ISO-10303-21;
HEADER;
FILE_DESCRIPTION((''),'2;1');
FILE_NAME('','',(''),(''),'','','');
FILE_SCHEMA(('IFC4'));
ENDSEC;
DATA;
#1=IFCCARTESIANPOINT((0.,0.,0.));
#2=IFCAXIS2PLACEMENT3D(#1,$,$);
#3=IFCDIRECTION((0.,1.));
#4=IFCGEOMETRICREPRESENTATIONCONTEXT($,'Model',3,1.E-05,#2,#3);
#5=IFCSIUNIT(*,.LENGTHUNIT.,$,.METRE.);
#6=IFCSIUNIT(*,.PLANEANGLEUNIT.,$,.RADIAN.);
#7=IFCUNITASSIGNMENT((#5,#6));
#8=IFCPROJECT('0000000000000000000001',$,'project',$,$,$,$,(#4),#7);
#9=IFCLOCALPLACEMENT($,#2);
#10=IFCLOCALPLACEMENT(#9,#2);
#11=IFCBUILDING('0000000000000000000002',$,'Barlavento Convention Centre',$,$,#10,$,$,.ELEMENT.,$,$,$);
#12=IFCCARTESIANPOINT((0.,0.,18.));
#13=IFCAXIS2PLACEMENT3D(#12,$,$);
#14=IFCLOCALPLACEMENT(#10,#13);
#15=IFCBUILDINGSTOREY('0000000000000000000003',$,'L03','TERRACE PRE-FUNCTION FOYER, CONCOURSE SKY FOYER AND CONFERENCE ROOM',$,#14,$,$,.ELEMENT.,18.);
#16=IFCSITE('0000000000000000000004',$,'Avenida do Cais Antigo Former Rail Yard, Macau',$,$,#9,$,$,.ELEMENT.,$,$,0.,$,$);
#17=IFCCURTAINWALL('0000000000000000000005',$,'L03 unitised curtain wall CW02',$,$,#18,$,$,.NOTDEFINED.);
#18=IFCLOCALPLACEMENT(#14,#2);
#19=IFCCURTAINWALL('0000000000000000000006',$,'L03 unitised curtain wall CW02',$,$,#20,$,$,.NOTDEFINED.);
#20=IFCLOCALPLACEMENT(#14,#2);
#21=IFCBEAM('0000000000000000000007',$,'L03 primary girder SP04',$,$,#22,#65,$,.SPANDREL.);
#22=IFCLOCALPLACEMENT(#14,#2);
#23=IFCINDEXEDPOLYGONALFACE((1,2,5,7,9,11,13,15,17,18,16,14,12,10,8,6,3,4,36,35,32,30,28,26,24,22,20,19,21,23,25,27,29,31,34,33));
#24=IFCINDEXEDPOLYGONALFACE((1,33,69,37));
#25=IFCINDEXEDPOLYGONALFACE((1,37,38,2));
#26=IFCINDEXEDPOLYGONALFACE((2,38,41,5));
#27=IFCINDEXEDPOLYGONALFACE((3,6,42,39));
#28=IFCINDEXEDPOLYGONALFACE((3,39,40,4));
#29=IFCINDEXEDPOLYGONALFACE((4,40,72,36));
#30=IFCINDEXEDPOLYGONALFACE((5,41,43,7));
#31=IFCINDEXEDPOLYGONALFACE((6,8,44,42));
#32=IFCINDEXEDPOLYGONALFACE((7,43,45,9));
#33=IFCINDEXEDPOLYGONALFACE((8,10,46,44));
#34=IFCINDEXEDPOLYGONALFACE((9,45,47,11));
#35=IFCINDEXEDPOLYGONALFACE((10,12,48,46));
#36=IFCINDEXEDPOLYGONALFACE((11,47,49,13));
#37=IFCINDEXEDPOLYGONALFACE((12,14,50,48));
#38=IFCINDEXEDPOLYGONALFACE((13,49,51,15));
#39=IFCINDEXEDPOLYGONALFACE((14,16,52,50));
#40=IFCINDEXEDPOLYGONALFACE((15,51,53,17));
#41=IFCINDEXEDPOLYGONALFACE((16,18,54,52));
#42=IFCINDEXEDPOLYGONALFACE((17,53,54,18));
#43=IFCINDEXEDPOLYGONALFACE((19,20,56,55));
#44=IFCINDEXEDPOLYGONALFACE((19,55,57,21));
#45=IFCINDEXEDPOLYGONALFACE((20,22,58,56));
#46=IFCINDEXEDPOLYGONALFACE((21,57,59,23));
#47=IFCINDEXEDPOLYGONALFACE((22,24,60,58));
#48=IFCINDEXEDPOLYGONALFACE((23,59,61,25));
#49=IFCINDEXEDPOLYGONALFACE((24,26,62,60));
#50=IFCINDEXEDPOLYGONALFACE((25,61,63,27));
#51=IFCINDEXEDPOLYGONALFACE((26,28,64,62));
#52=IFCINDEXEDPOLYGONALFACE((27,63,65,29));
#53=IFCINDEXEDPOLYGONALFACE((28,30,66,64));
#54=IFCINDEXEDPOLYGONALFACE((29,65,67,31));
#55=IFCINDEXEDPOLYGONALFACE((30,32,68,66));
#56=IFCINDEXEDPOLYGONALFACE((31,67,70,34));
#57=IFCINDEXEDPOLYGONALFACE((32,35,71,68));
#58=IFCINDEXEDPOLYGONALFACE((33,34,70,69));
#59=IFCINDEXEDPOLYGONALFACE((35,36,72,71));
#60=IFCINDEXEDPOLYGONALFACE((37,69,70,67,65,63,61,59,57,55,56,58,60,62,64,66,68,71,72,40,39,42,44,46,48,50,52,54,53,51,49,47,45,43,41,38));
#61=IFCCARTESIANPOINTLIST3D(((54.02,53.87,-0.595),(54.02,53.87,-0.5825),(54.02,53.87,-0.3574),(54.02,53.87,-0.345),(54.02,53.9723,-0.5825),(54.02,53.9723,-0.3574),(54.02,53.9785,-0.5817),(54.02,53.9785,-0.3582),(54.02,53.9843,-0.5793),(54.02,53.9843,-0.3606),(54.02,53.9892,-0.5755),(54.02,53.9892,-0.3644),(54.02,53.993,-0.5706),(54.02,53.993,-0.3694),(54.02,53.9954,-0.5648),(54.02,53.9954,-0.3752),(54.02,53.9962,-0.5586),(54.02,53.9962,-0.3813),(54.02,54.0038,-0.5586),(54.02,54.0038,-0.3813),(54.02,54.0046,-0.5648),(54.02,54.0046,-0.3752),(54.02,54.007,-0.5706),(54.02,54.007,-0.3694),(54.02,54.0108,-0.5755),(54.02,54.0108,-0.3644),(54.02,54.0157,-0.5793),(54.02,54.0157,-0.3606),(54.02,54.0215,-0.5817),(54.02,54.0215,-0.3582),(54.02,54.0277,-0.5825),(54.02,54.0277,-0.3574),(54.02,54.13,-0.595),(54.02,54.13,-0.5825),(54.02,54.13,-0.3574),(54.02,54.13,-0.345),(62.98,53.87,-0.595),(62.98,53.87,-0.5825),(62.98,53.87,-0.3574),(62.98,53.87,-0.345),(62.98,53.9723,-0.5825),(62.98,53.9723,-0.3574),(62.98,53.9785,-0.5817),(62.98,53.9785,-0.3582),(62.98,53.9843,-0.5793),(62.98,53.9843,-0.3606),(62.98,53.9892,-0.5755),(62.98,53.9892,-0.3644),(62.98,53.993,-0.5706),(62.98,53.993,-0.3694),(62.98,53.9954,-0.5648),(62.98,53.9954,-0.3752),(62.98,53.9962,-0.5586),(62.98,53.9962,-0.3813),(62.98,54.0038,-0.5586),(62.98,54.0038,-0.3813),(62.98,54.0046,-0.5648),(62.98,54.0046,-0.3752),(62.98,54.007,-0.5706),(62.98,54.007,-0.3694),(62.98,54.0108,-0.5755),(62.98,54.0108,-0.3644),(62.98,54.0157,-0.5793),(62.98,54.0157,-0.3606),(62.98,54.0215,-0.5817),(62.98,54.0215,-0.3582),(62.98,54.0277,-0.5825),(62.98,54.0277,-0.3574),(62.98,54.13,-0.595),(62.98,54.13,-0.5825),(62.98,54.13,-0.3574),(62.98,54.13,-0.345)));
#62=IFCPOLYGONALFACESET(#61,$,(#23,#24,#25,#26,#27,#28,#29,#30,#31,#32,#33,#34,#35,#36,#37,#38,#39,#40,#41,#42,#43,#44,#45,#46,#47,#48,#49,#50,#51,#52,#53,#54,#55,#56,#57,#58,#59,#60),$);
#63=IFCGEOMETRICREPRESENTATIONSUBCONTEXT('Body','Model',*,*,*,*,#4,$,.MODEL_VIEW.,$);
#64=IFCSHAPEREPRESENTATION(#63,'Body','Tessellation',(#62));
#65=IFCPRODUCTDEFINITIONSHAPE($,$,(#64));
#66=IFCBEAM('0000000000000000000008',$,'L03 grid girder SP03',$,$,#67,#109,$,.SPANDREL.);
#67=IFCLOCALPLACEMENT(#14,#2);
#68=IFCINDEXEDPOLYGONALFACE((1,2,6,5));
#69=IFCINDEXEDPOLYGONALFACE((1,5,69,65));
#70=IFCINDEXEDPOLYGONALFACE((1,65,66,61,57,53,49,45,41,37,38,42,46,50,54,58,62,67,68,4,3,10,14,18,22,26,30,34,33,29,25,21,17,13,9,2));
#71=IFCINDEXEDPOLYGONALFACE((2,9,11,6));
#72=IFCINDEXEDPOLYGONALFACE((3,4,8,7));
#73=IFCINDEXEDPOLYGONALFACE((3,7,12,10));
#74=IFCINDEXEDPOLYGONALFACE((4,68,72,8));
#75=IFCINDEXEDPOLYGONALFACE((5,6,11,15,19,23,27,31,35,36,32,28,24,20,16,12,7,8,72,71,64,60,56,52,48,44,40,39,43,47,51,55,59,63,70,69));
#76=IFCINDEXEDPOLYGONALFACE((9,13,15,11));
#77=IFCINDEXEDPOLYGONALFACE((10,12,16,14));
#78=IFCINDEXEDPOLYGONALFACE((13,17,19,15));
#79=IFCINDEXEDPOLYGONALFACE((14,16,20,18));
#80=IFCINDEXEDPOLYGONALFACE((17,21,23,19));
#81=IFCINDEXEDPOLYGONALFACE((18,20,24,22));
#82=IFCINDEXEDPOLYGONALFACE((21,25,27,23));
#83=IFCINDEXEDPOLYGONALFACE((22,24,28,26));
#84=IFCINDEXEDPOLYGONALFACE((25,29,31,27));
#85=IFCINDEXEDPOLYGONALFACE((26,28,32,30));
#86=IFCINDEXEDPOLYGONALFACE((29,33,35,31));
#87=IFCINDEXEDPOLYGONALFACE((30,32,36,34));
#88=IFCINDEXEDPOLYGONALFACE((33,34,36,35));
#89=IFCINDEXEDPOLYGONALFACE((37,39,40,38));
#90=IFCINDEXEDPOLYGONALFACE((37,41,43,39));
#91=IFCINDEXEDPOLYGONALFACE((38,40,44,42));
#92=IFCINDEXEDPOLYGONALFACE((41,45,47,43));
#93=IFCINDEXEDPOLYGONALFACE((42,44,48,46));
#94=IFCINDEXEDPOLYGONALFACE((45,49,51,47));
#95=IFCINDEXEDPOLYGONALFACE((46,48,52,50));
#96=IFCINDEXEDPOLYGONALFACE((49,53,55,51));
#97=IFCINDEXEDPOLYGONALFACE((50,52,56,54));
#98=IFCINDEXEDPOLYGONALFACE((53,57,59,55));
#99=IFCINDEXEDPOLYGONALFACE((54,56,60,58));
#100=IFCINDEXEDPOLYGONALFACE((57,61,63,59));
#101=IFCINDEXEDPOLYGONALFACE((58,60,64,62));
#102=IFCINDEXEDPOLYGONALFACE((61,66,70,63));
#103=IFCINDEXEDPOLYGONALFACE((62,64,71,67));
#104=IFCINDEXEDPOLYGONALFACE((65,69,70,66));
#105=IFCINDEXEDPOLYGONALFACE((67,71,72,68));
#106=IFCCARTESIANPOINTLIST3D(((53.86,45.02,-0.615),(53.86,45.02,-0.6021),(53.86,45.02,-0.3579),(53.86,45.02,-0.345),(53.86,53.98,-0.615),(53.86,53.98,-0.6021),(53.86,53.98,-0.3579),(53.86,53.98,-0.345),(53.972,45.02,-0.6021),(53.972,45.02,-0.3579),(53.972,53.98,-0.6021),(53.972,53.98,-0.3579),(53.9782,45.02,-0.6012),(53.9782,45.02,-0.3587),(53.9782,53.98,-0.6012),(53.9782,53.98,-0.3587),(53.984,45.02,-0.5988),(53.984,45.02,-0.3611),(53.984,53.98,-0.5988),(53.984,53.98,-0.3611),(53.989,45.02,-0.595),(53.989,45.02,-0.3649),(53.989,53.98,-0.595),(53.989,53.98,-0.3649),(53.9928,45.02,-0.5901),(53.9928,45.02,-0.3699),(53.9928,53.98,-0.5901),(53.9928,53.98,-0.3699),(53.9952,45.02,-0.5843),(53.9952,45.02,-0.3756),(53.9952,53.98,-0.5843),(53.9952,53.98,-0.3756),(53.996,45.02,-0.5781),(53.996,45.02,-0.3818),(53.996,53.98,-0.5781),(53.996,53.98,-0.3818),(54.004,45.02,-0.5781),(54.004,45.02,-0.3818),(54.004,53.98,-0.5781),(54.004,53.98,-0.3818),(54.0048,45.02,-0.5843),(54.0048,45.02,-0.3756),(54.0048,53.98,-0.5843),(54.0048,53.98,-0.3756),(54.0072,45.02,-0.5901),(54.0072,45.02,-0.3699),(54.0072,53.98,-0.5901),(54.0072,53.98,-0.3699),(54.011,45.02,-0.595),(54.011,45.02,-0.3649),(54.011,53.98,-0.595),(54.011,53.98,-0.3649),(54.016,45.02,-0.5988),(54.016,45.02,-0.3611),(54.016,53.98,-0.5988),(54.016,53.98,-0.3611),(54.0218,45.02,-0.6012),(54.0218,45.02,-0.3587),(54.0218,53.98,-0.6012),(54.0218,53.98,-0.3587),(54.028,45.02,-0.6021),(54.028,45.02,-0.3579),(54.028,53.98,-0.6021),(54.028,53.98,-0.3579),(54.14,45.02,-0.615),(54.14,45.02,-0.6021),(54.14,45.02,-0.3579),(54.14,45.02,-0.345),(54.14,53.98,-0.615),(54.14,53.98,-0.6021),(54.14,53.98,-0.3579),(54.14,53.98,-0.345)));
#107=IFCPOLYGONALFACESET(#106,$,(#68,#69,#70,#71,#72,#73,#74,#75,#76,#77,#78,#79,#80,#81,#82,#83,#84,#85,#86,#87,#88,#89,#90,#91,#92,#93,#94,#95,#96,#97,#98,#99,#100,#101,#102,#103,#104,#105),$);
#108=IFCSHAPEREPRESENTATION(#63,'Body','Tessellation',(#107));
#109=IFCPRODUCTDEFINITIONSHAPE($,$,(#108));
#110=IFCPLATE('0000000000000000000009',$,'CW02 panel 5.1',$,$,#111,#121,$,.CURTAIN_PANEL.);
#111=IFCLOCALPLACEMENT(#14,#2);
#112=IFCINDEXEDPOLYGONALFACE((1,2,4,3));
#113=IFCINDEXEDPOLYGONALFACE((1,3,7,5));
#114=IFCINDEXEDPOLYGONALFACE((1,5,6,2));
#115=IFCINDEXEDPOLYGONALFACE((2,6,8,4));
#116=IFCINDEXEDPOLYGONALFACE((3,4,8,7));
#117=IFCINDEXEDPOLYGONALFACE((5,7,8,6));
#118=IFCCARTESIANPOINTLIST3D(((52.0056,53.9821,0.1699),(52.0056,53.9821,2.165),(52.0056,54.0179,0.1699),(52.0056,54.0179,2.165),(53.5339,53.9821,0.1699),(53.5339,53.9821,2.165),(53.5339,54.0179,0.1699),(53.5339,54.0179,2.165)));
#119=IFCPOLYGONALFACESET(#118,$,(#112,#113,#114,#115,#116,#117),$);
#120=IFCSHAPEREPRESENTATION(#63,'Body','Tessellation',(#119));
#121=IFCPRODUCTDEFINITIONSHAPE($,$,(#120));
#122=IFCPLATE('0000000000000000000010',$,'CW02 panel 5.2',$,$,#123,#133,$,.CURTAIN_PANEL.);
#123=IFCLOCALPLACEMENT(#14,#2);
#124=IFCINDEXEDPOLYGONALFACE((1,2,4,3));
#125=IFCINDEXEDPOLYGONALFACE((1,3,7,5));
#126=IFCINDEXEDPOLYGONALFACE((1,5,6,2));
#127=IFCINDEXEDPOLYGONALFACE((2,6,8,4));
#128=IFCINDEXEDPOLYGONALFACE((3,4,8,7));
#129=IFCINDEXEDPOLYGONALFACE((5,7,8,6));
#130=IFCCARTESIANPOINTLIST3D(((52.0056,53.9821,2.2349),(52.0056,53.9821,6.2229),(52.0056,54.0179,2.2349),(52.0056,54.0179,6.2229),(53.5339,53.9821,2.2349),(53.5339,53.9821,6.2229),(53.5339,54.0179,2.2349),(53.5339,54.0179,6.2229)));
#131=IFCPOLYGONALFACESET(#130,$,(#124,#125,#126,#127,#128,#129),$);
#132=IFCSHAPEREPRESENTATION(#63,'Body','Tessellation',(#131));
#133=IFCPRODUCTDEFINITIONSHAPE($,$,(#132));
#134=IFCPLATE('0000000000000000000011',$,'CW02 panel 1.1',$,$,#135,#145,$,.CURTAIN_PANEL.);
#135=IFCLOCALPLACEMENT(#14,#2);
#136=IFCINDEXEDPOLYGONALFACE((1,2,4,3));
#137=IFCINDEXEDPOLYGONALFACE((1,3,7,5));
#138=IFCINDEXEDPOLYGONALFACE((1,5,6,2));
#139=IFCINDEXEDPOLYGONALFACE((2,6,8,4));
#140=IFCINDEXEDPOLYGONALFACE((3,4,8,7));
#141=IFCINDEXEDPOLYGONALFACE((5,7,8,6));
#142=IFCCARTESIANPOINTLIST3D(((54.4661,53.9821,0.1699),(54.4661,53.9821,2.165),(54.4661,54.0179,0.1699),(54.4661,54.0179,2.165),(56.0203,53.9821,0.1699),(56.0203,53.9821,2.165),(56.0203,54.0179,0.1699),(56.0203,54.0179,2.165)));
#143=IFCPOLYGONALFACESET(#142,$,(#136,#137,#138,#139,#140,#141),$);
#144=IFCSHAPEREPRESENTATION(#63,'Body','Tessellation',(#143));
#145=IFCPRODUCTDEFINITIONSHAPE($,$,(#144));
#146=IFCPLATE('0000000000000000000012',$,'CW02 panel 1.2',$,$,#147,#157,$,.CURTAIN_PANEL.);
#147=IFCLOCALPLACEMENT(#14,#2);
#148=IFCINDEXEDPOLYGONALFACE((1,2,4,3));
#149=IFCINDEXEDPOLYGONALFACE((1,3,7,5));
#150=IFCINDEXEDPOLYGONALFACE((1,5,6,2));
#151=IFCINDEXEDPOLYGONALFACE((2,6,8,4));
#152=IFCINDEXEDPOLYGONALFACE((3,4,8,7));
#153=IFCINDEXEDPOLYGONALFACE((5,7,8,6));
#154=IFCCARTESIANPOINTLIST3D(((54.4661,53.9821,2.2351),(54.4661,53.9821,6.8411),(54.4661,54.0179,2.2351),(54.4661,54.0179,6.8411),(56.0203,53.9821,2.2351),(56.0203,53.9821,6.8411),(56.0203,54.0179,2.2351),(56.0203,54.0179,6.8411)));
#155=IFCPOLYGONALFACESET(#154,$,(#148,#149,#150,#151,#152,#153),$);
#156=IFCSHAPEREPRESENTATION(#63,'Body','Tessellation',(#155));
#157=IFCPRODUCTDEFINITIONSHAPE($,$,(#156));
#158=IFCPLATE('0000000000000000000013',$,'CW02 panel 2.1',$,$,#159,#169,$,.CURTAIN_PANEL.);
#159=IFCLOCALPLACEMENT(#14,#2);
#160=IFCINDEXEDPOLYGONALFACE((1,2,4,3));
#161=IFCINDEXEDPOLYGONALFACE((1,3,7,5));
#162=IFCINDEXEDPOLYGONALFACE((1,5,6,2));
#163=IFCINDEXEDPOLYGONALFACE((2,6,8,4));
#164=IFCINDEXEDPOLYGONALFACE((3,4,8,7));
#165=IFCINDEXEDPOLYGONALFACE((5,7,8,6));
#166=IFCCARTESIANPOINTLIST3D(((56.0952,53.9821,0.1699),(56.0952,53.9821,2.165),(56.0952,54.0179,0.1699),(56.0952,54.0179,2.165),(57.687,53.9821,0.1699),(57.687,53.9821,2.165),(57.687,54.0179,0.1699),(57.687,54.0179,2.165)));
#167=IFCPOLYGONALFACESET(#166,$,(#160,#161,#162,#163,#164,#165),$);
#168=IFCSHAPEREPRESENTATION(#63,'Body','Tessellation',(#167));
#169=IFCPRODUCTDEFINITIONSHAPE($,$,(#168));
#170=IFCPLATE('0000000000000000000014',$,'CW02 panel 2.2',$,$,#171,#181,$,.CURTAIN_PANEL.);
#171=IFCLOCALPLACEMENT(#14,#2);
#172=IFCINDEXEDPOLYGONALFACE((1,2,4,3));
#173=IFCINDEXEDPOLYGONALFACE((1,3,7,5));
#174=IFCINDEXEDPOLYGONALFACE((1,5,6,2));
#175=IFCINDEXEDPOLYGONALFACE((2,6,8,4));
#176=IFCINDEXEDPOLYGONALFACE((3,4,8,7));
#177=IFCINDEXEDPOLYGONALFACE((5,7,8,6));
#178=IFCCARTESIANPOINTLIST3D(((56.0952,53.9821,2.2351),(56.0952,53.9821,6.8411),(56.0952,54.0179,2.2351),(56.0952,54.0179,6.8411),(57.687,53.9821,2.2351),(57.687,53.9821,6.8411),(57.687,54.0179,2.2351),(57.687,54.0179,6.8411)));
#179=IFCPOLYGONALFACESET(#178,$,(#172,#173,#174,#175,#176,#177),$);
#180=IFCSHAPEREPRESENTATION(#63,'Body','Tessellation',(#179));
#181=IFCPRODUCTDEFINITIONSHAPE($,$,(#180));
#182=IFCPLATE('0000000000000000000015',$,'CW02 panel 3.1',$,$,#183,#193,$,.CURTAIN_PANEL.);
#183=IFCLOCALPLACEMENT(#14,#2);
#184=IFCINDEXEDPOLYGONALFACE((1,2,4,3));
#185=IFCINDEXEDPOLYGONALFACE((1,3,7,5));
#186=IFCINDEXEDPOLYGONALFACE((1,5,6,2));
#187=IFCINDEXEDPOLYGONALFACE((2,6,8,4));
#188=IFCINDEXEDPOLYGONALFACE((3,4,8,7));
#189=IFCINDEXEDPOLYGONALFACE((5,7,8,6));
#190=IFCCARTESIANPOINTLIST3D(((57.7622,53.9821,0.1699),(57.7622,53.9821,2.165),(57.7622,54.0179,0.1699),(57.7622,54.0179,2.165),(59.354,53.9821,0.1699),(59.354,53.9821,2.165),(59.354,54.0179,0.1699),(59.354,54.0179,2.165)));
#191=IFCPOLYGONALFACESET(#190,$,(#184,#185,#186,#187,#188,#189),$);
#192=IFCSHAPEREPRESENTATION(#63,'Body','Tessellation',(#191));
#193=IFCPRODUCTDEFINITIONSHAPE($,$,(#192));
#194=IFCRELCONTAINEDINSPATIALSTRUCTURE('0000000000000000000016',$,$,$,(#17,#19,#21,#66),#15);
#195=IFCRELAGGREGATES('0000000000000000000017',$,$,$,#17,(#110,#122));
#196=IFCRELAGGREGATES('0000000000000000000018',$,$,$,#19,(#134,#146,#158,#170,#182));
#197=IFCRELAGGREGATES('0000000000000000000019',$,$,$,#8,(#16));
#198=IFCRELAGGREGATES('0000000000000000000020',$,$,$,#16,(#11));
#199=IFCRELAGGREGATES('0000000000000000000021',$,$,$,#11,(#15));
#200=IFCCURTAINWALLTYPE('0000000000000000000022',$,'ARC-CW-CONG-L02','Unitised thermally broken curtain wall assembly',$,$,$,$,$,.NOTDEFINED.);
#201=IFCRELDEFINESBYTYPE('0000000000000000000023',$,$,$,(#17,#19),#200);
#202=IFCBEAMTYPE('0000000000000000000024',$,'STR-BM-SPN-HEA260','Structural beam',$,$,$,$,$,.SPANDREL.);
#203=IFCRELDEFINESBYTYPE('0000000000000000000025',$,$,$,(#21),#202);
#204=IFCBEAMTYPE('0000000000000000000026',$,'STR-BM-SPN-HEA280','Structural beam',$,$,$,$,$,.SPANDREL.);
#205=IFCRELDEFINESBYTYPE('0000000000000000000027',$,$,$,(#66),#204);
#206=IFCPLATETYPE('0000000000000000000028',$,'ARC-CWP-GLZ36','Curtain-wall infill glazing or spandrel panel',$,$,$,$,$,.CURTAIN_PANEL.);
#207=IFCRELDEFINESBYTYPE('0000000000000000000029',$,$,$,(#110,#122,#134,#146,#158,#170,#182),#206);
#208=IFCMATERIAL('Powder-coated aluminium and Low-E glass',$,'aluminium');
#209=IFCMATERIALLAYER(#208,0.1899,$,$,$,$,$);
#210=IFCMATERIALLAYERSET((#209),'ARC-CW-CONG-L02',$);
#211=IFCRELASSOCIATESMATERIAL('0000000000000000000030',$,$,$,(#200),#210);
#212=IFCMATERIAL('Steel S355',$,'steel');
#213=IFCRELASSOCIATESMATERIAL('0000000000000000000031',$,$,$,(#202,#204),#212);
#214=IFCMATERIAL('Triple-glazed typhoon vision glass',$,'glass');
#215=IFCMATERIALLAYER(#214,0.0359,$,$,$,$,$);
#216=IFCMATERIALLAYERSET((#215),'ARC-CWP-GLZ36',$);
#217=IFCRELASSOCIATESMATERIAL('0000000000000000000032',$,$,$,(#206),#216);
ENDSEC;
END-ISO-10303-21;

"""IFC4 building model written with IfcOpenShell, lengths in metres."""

from ifc_helpers import new_model, si_unit, direction, frame, origin, origin_2d, place, context, subcontext, project, spatial, rectangle, i_section, extrude, material, layer, layer_set, material_profile, profile_set, type_object, element, aggregate, save


model = new_model("IFC4")

# Units and contexts
model_context = context("Model", 3, precision=1e-05, world=origin(), true_north=direction((0.0, 1.0)))
body_context = subcontext(model_context, "Body", "Model", "MODEL_VIEW")
ifc_project = project(units=[si_unit("LENGTHUNIT", "METRE"), si_unit("PLANEANGLEUNIT", "RADIAN")], contexts=[model_context])

# Site, building, storey
site_placement = place(None, origin())
site = spatial("IfcSite", under=ifc_project, at=site_placement, Name="Avenida do Cais Antigo Former Rail Yard, Macau", CompositionType="ELEMENT", RefElevation=0.0)
building_placement = place(site_placement, origin())
building = spatial("IfcBuilding", under=site, at=building_placement, Name="Barlavento Convention Centre", CompositionType="ELEMENT")
storey_placement = place(building_placement, frame((0.0, 0.0, 18.0)))
storey = spatial("IfcBuildingStorey", under=building, at=storey_placement, Name="L03", Description="TERRACE PRE-FUNCTION FOYER, CONCOURSE SKY FOYER AND CONFERENCE ROOM", CompositionType="ELEMENT", Elevation=18.0)

# Shared definitions
ifc_material_1 = material(Name="Steel S355", Category="steel")

# Curtain wall
ifc_material_2 = material(Name="Powder-coated aluminium and Low-E glass", Category="aluminium")
ifc_layer_1 = layer(ifc_material_2, 0.1899)
ifc_layer_set_1 = layer_set([ifc_layer_1], Name="ARC-CW-CONG-L02")
curtain_wall_type = type_object("IfcCurtainWallType", Name="ARC-CW-CONG-L02", Description="Unitised thermally broken curtain wall assembly", PredefinedType="NOTDEFINED", material=ifc_layer_set_1)
curtain_wall_1_placement = place(storey_placement, origin())
curtain_wall_1 = element("IfcCurtainWall", 1, at=curtain_wall_1_placement, inside=storey, type_object=curtain_wall_type, Name="L03 unitised curtain wall CW02", PredefinedType="NOTDEFINED")

# Curtain wall
curtain_wall_2_placement = place(storey_placement, origin())
curtain_wall_2 = element("IfcCurtainWall", 2, at=curtain_wall_2_placement, inside=storey, type_object=curtain_wall_type, Name="L03 unitised curtain wall CW02", PredefinedType="NOTDEFINED")

# Beams
ifc_material_profile_1 = material_profile(ifc_material_1, i_section(OverallWidth=0.26, OverallDepth=0.25, WebThickness=0.0076, FlangeThickness=0.0125, FilletRadius=0.0239, at=origin_2d()), Name="HEA 260")
ifc_profile_set_1 = profile_set([ifc_material_profile_1], Name="Steel S355")
beam_type_1 = type_object("IfcBeamType", Name="STR-BM-SPN-HEA260", Description="Structural beam", PredefinedType="SPANDREL", material=ifc_profile_set_1)
beam_1_placement = place(storey_placement, frame((54.02, 54.0, -0.47), z_axis=(1.0, 0.0, 0.0), x_axis=(0.0, 1.0, 0.0)))
element("IfcBeam", 3, at=beam_1_placement, inside=storey, type_object=beam_type_1, Name="L03 primary girder SP04", PredefinedType="SPANDREL", context=body_context, shape_type="SweptSolid", body=[
    extrude(i_section(OverallWidth=0.26, OverallDepth=0.25, WebThickness=0.0076, FlangeThickness=0.0125, FilletRadius=0.0239, at=origin_2d()), origin(), (0.0, 0.0, 1.0), 8.96),
])
ifc_material_profile_2 = material_profile(ifc_material_1, i_section(OverallWidth=0.28, OverallDepth=0.27, WebThickness=0.0081, FlangeThickness=0.0129, FilletRadius=0.0239, at=origin_2d()), Name="HEA 280")
ifc_profile_set_2 = profile_set([ifc_material_profile_2], Name="Steel S355")
beam_type_2 = type_object("IfcBeamType", Name="STR-BM-SPN-HEA280", Description="Structural beam", PredefinedType="SPANDREL", material=ifc_profile_set_2)
beam_2_placement = place(storey_placement, frame((54.0, 45.02, -0.48), z_axis=(0.0, 1.0, 0.0), x_axis=(-1.0, 0.0, 0.0)))
element("IfcBeam", 4, at=beam_2_placement, inside=storey, type_object=beam_type_2, Name="L03 grid girder SP03", PredefinedType="SPANDREL", context=body_context, shape_type="SweptSolid", body=[
    extrude(i_section(OverallWidth=0.28, OverallDepth=0.27, WebThickness=0.0081, FlangeThickness=0.0129, FilletRadius=0.0239, at=origin_2d()), origin(), (0.0, 0.0, 1.0), 8.96),
])

# Plates
ifc_material_3 = material(Name="Triple-glazed typhoon vision glass", Category="glass")
ifc_layer_2 = layer(ifc_material_3, 0.0359)
ifc_layer_set_2 = layer_set([ifc_layer_2], Name="ARC-CWP-GLZ36")
plate_type = type_object("IfcPlateType", Name="ARC-CWP-GLZ36", Description="Curtain-wall infill glazing or spandrel panel", PredefinedType="CURTAIN_PANEL", material=ifc_layer_set_2)
plate_1_placement = place(storey_placement, frame((52.7698, 54.0, 0.1699), z_axis=(0.0, 0.0, 1.0), x_axis=(1.0, 0.0, 0.0)))
plate_1 = element("IfcPlate", 5, at=plate_1_placement, type_object=plate_type, Name="CW02 panel 5.1", PredefinedType="CURTAIN_PANEL", context=body_context, shape_type="SweptSolid", body=[
    extrude(rectangle(XDim=1.5283, YDim=0.0359, at=origin_2d()), origin(), (0.0, 0.0, 1.0), 1.9951),
])
plate_2_placement = place(storey_placement, frame((52.7698, 54.0, 2.2349), z_axis=(0.0, 0.0, 1.0), x_axis=(1.0, 0.0, 0.0)))
plate_2 = element("IfcPlate", 6, at=plate_2_placement, type_object=plate_type, Name="CW02 panel 5.2", PredefinedType="CURTAIN_PANEL", context=body_context, shape_type="SweptSolid", body=[
    extrude(rectangle(XDim=1.5283, YDim=0.0359, at=origin_2d()), origin(), (0.0, 0.0, 1.0), 3.988),
])
aggregate(curtain_wall_1, [plate_1, plate_2])
plate_3_placement = place(storey_placement, frame((55.2432, 54.0, 0.1699), z_axis=(0.0, 0.0, 1.0), x_axis=(1.0, 0.0, 0.0)))
plate_3 = element("IfcPlate", 7, at=plate_3_placement, type_object=plate_type, Name="CW02 panel 1.1", PredefinedType="CURTAIN_PANEL", context=body_context, shape_type="SweptSolid", body=[
    extrude(rectangle(XDim=1.5542, YDim=0.0359, at=origin_2d()), origin(), (0.0, 0.0, 1.0), 1.9951),
])
plate_4_placement = place(storey_placement, frame((55.2432, 54.0, 2.2351), z_axis=(0.0, 0.0, 1.0), x_axis=(1.0, 0.0, 0.0)))
plate_4 = element("IfcPlate", 8, at=plate_4_placement, type_object=plate_type, Name="CW02 panel 1.2", PredefinedType="CURTAIN_PANEL", context=body_context, shape_type="SweptSolid", body=[
    extrude(rectangle(XDim=1.5542, YDim=0.0359, at=origin_2d()), origin(), (0.0, 0.0, 1.0), 4.606),
])
plate_5_placement = place(storey_placement, frame((56.8911, 54.0, 0.1699), z_axis=(0.0, 0.0, 1.0), x_axis=(1.0, 0.0, 0.0)))
plate_5 = element("IfcPlate", 9, at=plate_5_placement, type_object=plate_type, Name="CW02 panel 2.1", PredefinedType="CURTAIN_PANEL", context=body_context, shape_type="SweptSolid", body=[
    extrude(rectangle(XDim=1.5918, YDim=0.0359, at=origin_2d()), origin(), (0.0, 0.0, 1.0), 1.9951),
])
plate_6_placement = place(storey_placement, frame((56.8911, 54.0, 2.2351), z_axis=(0.0, 0.0, 1.0), x_axis=(1.0, 0.0, 0.0)))
plate_6 = element("IfcPlate", 10, at=plate_6_placement, type_object=plate_type, Name="CW02 panel 2.2", PredefinedType="CURTAIN_PANEL", context=body_context, shape_type="SweptSolid", body=[
    extrude(rectangle(XDim=1.5918, YDim=0.0359, at=origin_2d()), origin(), (0.0, 0.0, 1.0), 4.606),
])
plate_7_placement = place(storey_placement, frame((58.5581, 54.0, 0.1699), z_axis=(0.0, 0.0, 1.0), x_axis=(1.0, 0.0, 0.0)))
plate_7 = element("IfcPlate", 11, at=plate_7_placement, type_object=plate_type, Name="CW02 panel 3.1", PredefinedType="CURTAIN_PANEL", context=body_context, shape_type="SweptSolid", body=[
    extrude(rectangle(XDim=1.5918, YDim=0.0359, at=origin_2d()), origin(), (0.0, 0.0, 1.0), 1.9951),
])
aggregate(curtain_wall_2, [plate_3, plate_4, plate_5, plate_6, plate_7])

save(model, "model.ifc")
